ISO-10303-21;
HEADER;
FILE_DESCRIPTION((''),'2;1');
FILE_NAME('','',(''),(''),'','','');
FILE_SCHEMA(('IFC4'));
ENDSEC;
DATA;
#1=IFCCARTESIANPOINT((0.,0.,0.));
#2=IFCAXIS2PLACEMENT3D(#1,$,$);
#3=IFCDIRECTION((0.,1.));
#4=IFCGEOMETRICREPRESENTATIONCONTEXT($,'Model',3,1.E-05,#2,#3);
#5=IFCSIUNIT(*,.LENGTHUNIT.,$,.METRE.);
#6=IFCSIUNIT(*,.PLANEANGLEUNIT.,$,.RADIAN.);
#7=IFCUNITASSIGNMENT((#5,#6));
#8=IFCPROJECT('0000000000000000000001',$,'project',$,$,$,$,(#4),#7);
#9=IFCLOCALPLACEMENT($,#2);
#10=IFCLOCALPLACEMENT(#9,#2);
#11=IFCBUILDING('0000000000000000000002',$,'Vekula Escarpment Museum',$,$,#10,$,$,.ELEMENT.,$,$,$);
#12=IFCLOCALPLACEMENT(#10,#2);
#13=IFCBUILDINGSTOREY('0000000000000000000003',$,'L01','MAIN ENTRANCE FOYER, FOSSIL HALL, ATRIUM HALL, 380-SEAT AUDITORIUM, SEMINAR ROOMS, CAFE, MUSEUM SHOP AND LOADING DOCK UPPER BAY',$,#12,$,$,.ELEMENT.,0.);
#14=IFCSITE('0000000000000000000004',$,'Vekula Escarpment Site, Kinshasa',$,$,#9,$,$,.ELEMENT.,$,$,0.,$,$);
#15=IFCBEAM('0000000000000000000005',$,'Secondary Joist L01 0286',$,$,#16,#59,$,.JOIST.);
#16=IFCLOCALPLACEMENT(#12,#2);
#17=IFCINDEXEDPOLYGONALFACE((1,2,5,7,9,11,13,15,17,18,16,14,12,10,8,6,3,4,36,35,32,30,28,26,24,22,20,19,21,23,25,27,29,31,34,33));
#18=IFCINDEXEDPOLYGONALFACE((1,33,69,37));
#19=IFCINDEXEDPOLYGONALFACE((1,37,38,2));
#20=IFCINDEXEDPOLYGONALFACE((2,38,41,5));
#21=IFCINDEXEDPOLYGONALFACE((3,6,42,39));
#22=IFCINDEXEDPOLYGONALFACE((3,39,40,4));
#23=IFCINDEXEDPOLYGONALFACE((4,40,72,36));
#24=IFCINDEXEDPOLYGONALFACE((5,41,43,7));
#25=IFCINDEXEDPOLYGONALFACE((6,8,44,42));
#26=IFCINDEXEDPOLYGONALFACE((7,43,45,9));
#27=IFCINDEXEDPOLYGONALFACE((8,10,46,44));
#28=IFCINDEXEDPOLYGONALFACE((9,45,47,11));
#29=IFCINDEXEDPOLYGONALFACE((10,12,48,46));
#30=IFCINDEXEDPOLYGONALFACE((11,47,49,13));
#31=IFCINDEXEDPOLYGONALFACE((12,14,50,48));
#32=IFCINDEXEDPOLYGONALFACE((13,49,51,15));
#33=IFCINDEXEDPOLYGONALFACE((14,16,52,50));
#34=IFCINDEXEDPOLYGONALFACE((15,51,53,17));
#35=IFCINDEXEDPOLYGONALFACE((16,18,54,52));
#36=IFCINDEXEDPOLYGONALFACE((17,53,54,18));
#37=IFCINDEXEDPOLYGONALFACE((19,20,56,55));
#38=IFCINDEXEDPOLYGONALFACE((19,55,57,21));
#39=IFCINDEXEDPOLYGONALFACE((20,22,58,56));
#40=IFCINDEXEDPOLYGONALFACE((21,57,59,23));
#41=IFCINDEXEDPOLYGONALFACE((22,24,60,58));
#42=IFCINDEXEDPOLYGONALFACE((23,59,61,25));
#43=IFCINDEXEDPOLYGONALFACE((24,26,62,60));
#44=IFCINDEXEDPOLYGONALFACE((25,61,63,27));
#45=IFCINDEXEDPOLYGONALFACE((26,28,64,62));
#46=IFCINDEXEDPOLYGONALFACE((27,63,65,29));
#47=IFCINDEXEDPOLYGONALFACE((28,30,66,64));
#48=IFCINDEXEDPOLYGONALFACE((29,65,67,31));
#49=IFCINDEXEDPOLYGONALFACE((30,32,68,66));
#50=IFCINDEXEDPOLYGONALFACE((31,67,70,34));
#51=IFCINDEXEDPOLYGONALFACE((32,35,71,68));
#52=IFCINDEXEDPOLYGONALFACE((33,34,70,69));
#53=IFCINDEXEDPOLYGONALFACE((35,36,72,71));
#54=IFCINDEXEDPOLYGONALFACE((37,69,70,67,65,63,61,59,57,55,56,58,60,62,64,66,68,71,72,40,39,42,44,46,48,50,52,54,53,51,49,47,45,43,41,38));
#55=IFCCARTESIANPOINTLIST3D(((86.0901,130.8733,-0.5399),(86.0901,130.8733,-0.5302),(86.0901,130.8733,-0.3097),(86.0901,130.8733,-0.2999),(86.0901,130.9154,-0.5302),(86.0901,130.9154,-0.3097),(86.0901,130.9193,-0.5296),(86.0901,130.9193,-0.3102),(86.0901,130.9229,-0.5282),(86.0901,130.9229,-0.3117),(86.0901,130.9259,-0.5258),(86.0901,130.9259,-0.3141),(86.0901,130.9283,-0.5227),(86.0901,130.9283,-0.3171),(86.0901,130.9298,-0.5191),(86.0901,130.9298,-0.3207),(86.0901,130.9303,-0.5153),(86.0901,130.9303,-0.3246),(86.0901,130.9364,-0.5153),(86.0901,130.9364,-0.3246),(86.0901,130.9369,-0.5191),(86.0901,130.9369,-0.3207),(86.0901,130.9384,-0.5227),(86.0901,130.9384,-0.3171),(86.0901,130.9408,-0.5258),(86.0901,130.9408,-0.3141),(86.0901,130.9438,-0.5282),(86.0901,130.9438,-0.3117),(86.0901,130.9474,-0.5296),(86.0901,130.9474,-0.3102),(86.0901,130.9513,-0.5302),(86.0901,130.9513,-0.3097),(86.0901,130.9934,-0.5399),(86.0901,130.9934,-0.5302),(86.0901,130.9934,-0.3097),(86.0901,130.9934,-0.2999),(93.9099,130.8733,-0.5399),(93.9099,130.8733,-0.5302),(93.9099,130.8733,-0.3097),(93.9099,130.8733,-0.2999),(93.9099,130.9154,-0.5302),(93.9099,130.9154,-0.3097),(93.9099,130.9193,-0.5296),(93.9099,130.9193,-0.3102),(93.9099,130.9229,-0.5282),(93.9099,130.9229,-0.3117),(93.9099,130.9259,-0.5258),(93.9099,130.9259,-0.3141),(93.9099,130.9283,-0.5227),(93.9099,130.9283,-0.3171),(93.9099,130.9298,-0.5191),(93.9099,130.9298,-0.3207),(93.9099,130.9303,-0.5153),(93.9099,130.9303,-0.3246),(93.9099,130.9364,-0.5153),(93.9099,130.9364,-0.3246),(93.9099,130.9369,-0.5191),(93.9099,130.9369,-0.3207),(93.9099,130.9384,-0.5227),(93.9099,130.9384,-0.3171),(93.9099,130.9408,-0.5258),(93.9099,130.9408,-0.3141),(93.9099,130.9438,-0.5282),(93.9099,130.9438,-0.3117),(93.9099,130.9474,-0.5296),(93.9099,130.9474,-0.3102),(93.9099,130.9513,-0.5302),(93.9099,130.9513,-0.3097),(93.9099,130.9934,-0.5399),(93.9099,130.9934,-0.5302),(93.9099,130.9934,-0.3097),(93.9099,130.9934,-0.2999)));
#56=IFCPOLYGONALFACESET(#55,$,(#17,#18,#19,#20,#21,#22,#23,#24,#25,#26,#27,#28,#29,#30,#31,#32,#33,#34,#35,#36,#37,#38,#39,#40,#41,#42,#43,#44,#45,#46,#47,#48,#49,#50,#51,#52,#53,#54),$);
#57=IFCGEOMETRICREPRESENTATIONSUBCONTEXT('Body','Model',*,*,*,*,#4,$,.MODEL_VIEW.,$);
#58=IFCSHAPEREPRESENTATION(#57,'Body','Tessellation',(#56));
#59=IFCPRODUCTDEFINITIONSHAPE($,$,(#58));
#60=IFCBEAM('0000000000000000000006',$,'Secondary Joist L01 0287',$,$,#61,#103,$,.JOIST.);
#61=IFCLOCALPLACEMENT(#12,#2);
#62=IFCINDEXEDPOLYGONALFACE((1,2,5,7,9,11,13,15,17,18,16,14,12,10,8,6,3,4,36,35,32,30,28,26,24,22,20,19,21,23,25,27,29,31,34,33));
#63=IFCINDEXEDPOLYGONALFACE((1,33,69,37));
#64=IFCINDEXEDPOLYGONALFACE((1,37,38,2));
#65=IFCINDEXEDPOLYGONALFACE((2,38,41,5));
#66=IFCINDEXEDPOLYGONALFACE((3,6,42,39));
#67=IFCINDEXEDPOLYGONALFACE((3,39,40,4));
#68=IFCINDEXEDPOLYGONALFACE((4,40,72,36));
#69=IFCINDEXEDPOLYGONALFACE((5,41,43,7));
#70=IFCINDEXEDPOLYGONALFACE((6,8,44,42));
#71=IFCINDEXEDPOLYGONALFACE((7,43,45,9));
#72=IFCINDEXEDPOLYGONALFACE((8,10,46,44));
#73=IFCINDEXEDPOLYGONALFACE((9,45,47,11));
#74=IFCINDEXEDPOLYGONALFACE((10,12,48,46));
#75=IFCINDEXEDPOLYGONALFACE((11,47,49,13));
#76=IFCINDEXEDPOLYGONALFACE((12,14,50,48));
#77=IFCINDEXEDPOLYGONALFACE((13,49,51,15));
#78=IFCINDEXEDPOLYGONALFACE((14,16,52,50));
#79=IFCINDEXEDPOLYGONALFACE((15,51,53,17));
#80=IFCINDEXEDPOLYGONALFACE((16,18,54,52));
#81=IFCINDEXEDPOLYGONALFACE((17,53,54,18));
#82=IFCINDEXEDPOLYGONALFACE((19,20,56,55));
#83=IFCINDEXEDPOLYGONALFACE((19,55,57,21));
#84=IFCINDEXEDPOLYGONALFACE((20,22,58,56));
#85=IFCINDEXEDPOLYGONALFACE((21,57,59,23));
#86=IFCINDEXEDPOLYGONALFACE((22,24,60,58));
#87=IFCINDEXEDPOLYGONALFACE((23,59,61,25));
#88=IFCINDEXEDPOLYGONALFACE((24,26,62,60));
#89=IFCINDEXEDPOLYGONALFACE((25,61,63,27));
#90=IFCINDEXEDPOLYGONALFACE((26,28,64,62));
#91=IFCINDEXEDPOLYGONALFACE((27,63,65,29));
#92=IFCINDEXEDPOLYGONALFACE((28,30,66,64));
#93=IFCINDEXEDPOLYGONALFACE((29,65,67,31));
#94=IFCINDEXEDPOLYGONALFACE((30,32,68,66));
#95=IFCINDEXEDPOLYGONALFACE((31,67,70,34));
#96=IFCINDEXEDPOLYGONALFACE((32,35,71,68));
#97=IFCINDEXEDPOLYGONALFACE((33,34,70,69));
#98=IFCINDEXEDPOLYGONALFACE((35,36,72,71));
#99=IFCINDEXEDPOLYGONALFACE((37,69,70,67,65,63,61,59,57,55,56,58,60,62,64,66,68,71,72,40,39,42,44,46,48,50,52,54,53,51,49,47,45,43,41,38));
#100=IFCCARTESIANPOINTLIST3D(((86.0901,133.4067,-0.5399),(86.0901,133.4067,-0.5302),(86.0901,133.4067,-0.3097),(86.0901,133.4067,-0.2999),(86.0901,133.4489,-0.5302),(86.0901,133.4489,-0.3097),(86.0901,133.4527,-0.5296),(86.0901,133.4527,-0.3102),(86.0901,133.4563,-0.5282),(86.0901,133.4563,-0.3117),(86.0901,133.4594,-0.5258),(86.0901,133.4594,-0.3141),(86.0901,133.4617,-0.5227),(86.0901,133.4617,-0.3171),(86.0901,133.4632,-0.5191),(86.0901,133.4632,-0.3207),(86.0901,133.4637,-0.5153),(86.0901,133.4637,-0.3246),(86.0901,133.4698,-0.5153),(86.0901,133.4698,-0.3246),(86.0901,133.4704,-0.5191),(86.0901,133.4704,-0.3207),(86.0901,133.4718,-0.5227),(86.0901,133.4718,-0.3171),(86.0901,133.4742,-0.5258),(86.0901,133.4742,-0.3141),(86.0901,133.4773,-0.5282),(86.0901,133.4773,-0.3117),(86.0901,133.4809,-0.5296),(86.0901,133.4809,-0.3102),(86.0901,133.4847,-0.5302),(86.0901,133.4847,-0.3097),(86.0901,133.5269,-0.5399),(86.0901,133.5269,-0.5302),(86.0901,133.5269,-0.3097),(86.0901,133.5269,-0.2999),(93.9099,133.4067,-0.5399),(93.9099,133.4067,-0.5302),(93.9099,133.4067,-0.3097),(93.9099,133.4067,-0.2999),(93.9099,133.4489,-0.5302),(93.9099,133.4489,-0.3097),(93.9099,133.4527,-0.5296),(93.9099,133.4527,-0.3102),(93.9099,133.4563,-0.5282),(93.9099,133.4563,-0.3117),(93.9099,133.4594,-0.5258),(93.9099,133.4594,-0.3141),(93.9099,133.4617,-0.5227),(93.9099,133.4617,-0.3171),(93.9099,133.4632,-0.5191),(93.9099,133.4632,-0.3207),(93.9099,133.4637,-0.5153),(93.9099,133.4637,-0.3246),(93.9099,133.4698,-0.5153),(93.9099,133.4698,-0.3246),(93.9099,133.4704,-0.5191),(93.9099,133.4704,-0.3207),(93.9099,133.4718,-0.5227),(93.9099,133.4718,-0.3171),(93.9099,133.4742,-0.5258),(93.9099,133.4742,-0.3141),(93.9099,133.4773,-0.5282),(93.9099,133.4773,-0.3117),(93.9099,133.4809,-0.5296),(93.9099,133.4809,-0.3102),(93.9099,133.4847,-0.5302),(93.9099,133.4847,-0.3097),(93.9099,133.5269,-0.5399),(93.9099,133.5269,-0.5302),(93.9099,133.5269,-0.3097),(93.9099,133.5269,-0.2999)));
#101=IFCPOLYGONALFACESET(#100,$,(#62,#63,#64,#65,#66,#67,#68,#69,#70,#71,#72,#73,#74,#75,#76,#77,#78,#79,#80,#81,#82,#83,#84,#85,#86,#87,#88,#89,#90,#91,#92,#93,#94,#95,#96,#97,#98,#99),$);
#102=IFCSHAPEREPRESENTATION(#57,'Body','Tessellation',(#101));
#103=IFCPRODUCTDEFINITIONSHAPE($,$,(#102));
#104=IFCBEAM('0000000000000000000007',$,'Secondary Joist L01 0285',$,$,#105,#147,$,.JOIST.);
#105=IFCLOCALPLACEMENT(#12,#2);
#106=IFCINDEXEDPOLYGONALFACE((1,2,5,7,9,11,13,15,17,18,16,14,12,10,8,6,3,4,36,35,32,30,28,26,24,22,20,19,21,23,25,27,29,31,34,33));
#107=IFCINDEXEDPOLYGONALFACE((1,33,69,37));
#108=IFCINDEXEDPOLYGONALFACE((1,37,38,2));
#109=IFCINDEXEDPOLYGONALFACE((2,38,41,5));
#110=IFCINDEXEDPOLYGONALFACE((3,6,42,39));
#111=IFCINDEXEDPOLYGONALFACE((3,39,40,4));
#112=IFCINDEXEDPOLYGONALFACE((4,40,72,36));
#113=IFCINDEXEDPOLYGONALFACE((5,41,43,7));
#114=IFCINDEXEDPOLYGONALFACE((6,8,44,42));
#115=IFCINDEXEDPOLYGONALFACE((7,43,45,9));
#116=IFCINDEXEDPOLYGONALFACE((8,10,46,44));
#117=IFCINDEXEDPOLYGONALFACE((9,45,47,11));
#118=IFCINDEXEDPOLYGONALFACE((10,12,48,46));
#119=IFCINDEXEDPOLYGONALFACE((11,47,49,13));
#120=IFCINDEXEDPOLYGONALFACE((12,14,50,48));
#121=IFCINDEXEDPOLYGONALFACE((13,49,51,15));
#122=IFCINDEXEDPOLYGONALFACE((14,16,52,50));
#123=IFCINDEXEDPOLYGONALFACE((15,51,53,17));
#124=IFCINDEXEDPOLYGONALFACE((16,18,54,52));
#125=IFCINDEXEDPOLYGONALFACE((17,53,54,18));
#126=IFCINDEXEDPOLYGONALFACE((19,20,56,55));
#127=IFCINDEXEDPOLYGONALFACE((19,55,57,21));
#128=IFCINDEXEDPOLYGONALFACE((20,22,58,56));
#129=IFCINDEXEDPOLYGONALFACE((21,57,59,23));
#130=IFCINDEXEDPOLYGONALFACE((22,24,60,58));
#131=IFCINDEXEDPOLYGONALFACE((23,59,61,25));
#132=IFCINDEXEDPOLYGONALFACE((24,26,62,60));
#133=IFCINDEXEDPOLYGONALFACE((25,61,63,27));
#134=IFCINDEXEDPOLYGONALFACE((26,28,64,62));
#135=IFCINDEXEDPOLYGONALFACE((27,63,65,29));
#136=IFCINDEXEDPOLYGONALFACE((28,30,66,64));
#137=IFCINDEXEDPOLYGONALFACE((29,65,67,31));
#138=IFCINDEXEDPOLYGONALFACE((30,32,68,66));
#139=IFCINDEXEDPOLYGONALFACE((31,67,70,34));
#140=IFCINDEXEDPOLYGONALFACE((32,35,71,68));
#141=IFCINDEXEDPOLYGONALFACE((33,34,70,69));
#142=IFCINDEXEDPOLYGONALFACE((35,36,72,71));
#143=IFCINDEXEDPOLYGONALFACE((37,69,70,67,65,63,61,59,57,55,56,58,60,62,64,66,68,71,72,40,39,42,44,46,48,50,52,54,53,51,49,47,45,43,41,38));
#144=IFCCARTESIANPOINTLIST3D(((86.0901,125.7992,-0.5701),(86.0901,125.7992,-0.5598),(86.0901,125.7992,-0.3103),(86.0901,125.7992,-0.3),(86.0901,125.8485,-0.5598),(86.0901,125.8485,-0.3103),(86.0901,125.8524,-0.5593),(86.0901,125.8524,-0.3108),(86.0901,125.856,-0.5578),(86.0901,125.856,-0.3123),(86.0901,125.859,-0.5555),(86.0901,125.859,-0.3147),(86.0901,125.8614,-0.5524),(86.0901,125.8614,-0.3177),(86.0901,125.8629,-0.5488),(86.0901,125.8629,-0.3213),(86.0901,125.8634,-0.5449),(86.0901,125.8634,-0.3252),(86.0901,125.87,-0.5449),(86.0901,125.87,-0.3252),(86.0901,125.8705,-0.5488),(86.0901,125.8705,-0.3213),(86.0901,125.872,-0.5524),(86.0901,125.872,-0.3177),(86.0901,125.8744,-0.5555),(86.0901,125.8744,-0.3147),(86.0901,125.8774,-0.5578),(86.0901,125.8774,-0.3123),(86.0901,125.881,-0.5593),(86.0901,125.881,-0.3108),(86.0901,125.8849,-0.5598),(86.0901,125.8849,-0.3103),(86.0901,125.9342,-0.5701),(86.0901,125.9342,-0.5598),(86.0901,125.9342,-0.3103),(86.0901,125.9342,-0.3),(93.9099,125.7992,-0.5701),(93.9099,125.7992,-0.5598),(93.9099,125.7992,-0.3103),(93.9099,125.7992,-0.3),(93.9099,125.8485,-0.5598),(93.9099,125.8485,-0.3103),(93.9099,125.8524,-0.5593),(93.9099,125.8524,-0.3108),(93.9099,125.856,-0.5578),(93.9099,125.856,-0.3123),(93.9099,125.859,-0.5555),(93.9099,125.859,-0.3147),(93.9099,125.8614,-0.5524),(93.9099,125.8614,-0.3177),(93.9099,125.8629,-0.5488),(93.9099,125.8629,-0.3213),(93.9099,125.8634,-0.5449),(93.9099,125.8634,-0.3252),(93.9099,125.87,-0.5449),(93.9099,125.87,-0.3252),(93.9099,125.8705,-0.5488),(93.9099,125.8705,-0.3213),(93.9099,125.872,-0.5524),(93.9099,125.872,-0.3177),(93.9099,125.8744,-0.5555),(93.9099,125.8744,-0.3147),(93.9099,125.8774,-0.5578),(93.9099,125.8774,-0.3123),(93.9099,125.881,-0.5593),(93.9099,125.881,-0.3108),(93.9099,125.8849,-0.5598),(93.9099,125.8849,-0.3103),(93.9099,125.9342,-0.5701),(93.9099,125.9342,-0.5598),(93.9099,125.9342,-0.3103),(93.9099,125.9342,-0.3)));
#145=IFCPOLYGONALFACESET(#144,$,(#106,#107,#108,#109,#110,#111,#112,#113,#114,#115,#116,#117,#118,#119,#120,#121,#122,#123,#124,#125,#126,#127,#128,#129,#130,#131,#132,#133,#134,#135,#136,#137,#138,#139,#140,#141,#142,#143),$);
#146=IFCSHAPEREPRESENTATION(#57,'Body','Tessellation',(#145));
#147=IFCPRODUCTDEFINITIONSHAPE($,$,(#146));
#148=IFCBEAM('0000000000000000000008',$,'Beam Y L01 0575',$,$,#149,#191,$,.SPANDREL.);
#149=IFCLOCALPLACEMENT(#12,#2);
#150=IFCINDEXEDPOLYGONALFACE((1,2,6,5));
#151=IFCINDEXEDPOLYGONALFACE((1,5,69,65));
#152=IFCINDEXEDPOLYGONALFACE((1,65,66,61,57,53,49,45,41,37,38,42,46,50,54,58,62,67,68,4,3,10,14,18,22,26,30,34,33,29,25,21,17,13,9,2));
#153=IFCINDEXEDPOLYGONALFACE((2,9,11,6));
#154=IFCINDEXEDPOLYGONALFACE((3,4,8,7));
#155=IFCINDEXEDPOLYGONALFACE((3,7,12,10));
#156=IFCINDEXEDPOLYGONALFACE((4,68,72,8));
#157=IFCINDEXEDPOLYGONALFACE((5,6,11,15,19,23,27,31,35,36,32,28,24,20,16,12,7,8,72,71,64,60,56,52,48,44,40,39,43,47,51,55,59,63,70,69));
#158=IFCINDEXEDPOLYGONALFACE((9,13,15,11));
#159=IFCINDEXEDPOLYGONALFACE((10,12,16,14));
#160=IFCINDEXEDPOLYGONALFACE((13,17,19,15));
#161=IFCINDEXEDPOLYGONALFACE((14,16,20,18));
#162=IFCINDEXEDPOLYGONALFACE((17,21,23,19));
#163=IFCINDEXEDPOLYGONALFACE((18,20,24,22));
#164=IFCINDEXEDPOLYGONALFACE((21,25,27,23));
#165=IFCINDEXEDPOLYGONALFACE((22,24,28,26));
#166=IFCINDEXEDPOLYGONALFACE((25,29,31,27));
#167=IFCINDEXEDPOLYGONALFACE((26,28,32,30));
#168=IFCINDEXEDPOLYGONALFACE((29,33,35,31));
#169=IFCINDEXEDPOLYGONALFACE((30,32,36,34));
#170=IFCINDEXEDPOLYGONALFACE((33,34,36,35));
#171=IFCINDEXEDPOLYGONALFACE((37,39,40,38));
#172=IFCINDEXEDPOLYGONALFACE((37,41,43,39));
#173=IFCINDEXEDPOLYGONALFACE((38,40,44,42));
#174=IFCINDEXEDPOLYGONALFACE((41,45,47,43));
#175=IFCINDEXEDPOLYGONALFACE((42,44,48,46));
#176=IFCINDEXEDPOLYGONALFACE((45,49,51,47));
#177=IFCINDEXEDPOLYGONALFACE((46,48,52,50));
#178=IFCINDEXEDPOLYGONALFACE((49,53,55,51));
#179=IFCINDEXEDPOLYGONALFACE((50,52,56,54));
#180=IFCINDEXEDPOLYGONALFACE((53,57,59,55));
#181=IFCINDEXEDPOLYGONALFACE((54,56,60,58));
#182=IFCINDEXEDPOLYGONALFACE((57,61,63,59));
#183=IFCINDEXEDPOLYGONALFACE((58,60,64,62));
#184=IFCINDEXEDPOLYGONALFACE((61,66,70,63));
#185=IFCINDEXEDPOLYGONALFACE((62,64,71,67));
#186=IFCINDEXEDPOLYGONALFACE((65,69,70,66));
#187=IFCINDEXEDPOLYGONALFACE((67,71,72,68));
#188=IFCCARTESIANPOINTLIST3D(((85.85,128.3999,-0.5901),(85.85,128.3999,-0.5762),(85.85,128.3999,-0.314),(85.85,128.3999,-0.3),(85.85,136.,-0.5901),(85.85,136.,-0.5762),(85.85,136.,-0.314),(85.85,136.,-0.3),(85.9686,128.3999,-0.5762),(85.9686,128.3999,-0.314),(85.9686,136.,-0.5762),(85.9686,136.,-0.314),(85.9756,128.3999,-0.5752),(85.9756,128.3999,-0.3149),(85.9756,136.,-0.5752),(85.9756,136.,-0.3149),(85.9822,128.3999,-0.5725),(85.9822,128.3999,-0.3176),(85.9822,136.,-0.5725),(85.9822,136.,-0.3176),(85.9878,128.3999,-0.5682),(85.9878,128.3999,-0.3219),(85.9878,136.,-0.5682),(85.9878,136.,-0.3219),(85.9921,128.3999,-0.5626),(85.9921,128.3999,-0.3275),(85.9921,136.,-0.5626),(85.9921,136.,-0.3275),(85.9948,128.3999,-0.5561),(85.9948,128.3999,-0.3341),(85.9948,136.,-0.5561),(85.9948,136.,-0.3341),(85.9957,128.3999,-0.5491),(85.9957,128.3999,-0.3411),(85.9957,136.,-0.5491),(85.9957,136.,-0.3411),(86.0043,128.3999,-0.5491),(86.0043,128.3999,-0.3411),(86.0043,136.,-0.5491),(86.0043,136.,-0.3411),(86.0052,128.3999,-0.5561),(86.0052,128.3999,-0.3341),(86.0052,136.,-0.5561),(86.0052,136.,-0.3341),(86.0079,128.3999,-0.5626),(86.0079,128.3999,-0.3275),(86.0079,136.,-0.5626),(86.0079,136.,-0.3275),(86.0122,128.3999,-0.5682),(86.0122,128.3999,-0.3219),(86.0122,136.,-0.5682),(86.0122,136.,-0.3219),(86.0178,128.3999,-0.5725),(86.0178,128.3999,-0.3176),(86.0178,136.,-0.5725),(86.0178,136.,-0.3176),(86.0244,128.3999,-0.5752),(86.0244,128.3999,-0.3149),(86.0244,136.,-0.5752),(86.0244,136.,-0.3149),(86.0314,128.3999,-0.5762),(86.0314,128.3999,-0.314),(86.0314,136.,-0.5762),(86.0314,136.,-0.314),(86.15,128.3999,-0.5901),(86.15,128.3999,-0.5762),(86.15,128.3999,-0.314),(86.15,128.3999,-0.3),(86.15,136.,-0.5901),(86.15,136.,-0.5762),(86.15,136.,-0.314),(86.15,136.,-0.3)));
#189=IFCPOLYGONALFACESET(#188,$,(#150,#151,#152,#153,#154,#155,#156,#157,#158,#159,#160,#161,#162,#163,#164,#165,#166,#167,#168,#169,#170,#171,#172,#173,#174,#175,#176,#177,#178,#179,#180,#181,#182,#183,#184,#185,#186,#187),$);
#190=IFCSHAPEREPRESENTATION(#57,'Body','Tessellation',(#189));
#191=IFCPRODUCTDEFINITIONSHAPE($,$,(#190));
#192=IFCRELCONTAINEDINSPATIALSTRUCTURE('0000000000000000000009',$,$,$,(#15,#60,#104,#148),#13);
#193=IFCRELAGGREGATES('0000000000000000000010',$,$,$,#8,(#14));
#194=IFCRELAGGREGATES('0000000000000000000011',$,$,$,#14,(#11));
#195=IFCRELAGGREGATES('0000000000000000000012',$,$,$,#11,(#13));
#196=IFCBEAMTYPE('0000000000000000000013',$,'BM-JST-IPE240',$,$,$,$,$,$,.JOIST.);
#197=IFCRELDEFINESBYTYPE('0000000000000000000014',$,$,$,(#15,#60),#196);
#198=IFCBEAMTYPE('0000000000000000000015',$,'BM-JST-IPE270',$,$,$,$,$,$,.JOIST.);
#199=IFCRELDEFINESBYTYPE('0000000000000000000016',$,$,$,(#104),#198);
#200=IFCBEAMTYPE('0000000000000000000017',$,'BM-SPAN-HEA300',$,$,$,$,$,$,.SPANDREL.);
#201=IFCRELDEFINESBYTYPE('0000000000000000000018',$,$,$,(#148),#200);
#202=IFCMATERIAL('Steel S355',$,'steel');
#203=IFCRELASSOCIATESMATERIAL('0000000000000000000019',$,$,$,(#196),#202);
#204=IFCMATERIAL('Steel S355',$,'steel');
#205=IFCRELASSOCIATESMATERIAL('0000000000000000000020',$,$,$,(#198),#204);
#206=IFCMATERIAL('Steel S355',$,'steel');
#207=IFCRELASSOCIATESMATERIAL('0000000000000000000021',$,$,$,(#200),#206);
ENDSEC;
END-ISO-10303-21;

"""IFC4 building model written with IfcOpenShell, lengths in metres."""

from ifc_helpers import new_model, si_unit, direction, frame, origin, origin_2d, place, context, subcontext, project, spatial, i_section, extrude, material, material_profile, profile_set, type_object, element, save


model = new_model("IFC4")

# Units and contexts
model_context = context("Model", 3, precision=1e-05, world=origin(), true_north=direction((0.0, 1.0)))
body_context = subcontext(model_context, "Body", "Model", "MODEL_VIEW")
ifc_project = project(units=[si_unit("LENGTHUNIT", "METRE"), si_unit("PLANEANGLEUNIT", "RADIAN")], contexts=[model_context])

# Site, building, storey
site_placement = place(None, origin())
site = spatial("IfcSite", under=ifc_project, at=site_placement, Name="Vekula Escarpment Site, Kinshasa", CompositionType="ELEMENT", RefElevation=0.0)
building_placement = place(site_placement, origin())
building = spatial("IfcBuilding", under=site, at=building_placement, Name="Vekula Escarpment Museum", CompositionType="ELEMENT")
storey_placement = place(building_placement, origin())
storey = spatial("IfcBuildingStorey", under=building, at=storey_placement, Name="L01", Description="MAIN ENTRANCE FOYER, FOSSIL HALL, ATRIUM HALL, 380-SEAT AUDITORIUM, SEMINAR ROOMS, CAFE, MUSEUM SHOP AND LOADING DOCK UPPER BAY", CompositionType="ELEMENT", Elevation=0.0)

# Beams
ifc_material_1 = material(Name="Steel S355", Category="steel")
ifc_material_profile_1 = material_profile(ifc_material_1, i_section(OverallWidth=0.1201, OverallDepth=0.24, WebThickness=0.0061, FlangeThickness=0.0098, FilletRadius=0.0149, at=origin_2d()), Name="IPE 240")
ifc_profile_set_1 = profile_set([ifc_material_profile_1], Name="Steel S355")
beam_type_1 = type_object("IfcBeamType", Name="BM-JST-IPE240", PredefinedType="JOIST", material=ifc_profile_set_1)
for number, where, z_axis, x_axis, name in (
    (1, (86.0901, 130.9333, -0.4199), (1.0, 0.0, 0.0), (0.0, 1.0, 0.0), "Secondary Joist L01 0286"),
    (2, (86.0901, 133.4668, -0.4199), (1.0, 0.0, 0.0), (0.0, 1.0, 0.0), "Secondary Joist L01 0287"),
):
    element("IfcBeam", number, at=place(storey_placement, frame(where, z_axis=z_axis, x_axis=x_axis)), inside=storey, type_object=beam_type_1, Name=name, PredefinedType="JOIST", context=body_context, shape_type="SweptSolid", body=[
        extrude(i_section(OverallWidth=0.1201, OverallDepth=0.24, WebThickness=0.0061, FlangeThickness=0.0098, FilletRadius=0.0149, at=origin_2d()), origin(), (0.0, 0.0, 1.0), 7.8198),
    ])
ifc_material_2 = material(Name="Steel S355", Category="steel")
ifc_material_profile_2 = material_profile(ifc_material_2, i_section(OverallWidth=0.135, OverallDepth=0.27, WebThickness=0.0066, FlangeThickness=0.0103, FilletRadius=0.0149, at=origin_2d()), Name="IPE 270")
ifc_profile_set_2 = profile_set([ifc_material_profile_2], Name="Steel S355")
beam_type_2 = type_object("IfcBeamType", Name="BM-JST-IPE270", PredefinedType="JOIST", material=ifc_profile_set_2)
beam_1_placement = place(storey_placement, frame((86.0901, 125.8667, -0.4351), z_axis=(1.0, 0.0, 0.0), x_axis=(0.0, 1.0, 0.0)))
element("IfcBeam", 3, at=beam_1_placement, inside=storey, type_object=beam_type_2, Name="Secondary Joist L01 0285", PredefinedType="JOIST", context=body_context, shape_type="SweptSolid", body=[
    extrude(i_section(OverallWidth=0.135, OverallDepth=0.27, WebThickness=0.0066, FlangeThickness=0.0103, FilletRadius=0.0149, at=origin_2d()), origin(), (0.0, 0.0, 1.0), 7.8198),
])
ifc_material_3 = material(Name="Steel S355", Category="steel")
ifc_material_profile_3 = material_profile(ifc_material_3, i_section(OverallWidth=0.3, OverallDepth=0.29, WebThickness=0.0085, FlangeThickness=0.0139, FilletRadius=0.0271, at=origin_2d()), Name="HEA 300")
ifc_profile_set_3 = profile_set([ifc_material_profile_3], Name="Steel S355")
beam_type_3 = type_object("IfcBeamType", Name="BM-SPAN-HEA300", PredefinedType="SPANDREL", material=ifc_profile_set_3)
beam_2_placement = place(storey_placement, frame((86.0, 128.3999, -0.4451), z_axis=(0.0, 1.0, 0.0), x_axis=(-1.0, 0.0, 0.0)))
element("IfcBeam", 4, at=beam_2_placement, inside=storey, type_object=beam_type_3, Name="Beam Y L01 0575", PredefinedType="SPANDREL", context=body_context, shape_type="SweptSolid", body=[
    extrude(i_section(OverallWidth=0.3, OverallDepth=0.29, WebThickness=0.0085, FlangeThickness=0.0139, FilletRadius=0.0271, at=origin_2d()), origin(), (0.0, 0.0, 1.0), 7.6001),
])

save(model, "model.ifc")
